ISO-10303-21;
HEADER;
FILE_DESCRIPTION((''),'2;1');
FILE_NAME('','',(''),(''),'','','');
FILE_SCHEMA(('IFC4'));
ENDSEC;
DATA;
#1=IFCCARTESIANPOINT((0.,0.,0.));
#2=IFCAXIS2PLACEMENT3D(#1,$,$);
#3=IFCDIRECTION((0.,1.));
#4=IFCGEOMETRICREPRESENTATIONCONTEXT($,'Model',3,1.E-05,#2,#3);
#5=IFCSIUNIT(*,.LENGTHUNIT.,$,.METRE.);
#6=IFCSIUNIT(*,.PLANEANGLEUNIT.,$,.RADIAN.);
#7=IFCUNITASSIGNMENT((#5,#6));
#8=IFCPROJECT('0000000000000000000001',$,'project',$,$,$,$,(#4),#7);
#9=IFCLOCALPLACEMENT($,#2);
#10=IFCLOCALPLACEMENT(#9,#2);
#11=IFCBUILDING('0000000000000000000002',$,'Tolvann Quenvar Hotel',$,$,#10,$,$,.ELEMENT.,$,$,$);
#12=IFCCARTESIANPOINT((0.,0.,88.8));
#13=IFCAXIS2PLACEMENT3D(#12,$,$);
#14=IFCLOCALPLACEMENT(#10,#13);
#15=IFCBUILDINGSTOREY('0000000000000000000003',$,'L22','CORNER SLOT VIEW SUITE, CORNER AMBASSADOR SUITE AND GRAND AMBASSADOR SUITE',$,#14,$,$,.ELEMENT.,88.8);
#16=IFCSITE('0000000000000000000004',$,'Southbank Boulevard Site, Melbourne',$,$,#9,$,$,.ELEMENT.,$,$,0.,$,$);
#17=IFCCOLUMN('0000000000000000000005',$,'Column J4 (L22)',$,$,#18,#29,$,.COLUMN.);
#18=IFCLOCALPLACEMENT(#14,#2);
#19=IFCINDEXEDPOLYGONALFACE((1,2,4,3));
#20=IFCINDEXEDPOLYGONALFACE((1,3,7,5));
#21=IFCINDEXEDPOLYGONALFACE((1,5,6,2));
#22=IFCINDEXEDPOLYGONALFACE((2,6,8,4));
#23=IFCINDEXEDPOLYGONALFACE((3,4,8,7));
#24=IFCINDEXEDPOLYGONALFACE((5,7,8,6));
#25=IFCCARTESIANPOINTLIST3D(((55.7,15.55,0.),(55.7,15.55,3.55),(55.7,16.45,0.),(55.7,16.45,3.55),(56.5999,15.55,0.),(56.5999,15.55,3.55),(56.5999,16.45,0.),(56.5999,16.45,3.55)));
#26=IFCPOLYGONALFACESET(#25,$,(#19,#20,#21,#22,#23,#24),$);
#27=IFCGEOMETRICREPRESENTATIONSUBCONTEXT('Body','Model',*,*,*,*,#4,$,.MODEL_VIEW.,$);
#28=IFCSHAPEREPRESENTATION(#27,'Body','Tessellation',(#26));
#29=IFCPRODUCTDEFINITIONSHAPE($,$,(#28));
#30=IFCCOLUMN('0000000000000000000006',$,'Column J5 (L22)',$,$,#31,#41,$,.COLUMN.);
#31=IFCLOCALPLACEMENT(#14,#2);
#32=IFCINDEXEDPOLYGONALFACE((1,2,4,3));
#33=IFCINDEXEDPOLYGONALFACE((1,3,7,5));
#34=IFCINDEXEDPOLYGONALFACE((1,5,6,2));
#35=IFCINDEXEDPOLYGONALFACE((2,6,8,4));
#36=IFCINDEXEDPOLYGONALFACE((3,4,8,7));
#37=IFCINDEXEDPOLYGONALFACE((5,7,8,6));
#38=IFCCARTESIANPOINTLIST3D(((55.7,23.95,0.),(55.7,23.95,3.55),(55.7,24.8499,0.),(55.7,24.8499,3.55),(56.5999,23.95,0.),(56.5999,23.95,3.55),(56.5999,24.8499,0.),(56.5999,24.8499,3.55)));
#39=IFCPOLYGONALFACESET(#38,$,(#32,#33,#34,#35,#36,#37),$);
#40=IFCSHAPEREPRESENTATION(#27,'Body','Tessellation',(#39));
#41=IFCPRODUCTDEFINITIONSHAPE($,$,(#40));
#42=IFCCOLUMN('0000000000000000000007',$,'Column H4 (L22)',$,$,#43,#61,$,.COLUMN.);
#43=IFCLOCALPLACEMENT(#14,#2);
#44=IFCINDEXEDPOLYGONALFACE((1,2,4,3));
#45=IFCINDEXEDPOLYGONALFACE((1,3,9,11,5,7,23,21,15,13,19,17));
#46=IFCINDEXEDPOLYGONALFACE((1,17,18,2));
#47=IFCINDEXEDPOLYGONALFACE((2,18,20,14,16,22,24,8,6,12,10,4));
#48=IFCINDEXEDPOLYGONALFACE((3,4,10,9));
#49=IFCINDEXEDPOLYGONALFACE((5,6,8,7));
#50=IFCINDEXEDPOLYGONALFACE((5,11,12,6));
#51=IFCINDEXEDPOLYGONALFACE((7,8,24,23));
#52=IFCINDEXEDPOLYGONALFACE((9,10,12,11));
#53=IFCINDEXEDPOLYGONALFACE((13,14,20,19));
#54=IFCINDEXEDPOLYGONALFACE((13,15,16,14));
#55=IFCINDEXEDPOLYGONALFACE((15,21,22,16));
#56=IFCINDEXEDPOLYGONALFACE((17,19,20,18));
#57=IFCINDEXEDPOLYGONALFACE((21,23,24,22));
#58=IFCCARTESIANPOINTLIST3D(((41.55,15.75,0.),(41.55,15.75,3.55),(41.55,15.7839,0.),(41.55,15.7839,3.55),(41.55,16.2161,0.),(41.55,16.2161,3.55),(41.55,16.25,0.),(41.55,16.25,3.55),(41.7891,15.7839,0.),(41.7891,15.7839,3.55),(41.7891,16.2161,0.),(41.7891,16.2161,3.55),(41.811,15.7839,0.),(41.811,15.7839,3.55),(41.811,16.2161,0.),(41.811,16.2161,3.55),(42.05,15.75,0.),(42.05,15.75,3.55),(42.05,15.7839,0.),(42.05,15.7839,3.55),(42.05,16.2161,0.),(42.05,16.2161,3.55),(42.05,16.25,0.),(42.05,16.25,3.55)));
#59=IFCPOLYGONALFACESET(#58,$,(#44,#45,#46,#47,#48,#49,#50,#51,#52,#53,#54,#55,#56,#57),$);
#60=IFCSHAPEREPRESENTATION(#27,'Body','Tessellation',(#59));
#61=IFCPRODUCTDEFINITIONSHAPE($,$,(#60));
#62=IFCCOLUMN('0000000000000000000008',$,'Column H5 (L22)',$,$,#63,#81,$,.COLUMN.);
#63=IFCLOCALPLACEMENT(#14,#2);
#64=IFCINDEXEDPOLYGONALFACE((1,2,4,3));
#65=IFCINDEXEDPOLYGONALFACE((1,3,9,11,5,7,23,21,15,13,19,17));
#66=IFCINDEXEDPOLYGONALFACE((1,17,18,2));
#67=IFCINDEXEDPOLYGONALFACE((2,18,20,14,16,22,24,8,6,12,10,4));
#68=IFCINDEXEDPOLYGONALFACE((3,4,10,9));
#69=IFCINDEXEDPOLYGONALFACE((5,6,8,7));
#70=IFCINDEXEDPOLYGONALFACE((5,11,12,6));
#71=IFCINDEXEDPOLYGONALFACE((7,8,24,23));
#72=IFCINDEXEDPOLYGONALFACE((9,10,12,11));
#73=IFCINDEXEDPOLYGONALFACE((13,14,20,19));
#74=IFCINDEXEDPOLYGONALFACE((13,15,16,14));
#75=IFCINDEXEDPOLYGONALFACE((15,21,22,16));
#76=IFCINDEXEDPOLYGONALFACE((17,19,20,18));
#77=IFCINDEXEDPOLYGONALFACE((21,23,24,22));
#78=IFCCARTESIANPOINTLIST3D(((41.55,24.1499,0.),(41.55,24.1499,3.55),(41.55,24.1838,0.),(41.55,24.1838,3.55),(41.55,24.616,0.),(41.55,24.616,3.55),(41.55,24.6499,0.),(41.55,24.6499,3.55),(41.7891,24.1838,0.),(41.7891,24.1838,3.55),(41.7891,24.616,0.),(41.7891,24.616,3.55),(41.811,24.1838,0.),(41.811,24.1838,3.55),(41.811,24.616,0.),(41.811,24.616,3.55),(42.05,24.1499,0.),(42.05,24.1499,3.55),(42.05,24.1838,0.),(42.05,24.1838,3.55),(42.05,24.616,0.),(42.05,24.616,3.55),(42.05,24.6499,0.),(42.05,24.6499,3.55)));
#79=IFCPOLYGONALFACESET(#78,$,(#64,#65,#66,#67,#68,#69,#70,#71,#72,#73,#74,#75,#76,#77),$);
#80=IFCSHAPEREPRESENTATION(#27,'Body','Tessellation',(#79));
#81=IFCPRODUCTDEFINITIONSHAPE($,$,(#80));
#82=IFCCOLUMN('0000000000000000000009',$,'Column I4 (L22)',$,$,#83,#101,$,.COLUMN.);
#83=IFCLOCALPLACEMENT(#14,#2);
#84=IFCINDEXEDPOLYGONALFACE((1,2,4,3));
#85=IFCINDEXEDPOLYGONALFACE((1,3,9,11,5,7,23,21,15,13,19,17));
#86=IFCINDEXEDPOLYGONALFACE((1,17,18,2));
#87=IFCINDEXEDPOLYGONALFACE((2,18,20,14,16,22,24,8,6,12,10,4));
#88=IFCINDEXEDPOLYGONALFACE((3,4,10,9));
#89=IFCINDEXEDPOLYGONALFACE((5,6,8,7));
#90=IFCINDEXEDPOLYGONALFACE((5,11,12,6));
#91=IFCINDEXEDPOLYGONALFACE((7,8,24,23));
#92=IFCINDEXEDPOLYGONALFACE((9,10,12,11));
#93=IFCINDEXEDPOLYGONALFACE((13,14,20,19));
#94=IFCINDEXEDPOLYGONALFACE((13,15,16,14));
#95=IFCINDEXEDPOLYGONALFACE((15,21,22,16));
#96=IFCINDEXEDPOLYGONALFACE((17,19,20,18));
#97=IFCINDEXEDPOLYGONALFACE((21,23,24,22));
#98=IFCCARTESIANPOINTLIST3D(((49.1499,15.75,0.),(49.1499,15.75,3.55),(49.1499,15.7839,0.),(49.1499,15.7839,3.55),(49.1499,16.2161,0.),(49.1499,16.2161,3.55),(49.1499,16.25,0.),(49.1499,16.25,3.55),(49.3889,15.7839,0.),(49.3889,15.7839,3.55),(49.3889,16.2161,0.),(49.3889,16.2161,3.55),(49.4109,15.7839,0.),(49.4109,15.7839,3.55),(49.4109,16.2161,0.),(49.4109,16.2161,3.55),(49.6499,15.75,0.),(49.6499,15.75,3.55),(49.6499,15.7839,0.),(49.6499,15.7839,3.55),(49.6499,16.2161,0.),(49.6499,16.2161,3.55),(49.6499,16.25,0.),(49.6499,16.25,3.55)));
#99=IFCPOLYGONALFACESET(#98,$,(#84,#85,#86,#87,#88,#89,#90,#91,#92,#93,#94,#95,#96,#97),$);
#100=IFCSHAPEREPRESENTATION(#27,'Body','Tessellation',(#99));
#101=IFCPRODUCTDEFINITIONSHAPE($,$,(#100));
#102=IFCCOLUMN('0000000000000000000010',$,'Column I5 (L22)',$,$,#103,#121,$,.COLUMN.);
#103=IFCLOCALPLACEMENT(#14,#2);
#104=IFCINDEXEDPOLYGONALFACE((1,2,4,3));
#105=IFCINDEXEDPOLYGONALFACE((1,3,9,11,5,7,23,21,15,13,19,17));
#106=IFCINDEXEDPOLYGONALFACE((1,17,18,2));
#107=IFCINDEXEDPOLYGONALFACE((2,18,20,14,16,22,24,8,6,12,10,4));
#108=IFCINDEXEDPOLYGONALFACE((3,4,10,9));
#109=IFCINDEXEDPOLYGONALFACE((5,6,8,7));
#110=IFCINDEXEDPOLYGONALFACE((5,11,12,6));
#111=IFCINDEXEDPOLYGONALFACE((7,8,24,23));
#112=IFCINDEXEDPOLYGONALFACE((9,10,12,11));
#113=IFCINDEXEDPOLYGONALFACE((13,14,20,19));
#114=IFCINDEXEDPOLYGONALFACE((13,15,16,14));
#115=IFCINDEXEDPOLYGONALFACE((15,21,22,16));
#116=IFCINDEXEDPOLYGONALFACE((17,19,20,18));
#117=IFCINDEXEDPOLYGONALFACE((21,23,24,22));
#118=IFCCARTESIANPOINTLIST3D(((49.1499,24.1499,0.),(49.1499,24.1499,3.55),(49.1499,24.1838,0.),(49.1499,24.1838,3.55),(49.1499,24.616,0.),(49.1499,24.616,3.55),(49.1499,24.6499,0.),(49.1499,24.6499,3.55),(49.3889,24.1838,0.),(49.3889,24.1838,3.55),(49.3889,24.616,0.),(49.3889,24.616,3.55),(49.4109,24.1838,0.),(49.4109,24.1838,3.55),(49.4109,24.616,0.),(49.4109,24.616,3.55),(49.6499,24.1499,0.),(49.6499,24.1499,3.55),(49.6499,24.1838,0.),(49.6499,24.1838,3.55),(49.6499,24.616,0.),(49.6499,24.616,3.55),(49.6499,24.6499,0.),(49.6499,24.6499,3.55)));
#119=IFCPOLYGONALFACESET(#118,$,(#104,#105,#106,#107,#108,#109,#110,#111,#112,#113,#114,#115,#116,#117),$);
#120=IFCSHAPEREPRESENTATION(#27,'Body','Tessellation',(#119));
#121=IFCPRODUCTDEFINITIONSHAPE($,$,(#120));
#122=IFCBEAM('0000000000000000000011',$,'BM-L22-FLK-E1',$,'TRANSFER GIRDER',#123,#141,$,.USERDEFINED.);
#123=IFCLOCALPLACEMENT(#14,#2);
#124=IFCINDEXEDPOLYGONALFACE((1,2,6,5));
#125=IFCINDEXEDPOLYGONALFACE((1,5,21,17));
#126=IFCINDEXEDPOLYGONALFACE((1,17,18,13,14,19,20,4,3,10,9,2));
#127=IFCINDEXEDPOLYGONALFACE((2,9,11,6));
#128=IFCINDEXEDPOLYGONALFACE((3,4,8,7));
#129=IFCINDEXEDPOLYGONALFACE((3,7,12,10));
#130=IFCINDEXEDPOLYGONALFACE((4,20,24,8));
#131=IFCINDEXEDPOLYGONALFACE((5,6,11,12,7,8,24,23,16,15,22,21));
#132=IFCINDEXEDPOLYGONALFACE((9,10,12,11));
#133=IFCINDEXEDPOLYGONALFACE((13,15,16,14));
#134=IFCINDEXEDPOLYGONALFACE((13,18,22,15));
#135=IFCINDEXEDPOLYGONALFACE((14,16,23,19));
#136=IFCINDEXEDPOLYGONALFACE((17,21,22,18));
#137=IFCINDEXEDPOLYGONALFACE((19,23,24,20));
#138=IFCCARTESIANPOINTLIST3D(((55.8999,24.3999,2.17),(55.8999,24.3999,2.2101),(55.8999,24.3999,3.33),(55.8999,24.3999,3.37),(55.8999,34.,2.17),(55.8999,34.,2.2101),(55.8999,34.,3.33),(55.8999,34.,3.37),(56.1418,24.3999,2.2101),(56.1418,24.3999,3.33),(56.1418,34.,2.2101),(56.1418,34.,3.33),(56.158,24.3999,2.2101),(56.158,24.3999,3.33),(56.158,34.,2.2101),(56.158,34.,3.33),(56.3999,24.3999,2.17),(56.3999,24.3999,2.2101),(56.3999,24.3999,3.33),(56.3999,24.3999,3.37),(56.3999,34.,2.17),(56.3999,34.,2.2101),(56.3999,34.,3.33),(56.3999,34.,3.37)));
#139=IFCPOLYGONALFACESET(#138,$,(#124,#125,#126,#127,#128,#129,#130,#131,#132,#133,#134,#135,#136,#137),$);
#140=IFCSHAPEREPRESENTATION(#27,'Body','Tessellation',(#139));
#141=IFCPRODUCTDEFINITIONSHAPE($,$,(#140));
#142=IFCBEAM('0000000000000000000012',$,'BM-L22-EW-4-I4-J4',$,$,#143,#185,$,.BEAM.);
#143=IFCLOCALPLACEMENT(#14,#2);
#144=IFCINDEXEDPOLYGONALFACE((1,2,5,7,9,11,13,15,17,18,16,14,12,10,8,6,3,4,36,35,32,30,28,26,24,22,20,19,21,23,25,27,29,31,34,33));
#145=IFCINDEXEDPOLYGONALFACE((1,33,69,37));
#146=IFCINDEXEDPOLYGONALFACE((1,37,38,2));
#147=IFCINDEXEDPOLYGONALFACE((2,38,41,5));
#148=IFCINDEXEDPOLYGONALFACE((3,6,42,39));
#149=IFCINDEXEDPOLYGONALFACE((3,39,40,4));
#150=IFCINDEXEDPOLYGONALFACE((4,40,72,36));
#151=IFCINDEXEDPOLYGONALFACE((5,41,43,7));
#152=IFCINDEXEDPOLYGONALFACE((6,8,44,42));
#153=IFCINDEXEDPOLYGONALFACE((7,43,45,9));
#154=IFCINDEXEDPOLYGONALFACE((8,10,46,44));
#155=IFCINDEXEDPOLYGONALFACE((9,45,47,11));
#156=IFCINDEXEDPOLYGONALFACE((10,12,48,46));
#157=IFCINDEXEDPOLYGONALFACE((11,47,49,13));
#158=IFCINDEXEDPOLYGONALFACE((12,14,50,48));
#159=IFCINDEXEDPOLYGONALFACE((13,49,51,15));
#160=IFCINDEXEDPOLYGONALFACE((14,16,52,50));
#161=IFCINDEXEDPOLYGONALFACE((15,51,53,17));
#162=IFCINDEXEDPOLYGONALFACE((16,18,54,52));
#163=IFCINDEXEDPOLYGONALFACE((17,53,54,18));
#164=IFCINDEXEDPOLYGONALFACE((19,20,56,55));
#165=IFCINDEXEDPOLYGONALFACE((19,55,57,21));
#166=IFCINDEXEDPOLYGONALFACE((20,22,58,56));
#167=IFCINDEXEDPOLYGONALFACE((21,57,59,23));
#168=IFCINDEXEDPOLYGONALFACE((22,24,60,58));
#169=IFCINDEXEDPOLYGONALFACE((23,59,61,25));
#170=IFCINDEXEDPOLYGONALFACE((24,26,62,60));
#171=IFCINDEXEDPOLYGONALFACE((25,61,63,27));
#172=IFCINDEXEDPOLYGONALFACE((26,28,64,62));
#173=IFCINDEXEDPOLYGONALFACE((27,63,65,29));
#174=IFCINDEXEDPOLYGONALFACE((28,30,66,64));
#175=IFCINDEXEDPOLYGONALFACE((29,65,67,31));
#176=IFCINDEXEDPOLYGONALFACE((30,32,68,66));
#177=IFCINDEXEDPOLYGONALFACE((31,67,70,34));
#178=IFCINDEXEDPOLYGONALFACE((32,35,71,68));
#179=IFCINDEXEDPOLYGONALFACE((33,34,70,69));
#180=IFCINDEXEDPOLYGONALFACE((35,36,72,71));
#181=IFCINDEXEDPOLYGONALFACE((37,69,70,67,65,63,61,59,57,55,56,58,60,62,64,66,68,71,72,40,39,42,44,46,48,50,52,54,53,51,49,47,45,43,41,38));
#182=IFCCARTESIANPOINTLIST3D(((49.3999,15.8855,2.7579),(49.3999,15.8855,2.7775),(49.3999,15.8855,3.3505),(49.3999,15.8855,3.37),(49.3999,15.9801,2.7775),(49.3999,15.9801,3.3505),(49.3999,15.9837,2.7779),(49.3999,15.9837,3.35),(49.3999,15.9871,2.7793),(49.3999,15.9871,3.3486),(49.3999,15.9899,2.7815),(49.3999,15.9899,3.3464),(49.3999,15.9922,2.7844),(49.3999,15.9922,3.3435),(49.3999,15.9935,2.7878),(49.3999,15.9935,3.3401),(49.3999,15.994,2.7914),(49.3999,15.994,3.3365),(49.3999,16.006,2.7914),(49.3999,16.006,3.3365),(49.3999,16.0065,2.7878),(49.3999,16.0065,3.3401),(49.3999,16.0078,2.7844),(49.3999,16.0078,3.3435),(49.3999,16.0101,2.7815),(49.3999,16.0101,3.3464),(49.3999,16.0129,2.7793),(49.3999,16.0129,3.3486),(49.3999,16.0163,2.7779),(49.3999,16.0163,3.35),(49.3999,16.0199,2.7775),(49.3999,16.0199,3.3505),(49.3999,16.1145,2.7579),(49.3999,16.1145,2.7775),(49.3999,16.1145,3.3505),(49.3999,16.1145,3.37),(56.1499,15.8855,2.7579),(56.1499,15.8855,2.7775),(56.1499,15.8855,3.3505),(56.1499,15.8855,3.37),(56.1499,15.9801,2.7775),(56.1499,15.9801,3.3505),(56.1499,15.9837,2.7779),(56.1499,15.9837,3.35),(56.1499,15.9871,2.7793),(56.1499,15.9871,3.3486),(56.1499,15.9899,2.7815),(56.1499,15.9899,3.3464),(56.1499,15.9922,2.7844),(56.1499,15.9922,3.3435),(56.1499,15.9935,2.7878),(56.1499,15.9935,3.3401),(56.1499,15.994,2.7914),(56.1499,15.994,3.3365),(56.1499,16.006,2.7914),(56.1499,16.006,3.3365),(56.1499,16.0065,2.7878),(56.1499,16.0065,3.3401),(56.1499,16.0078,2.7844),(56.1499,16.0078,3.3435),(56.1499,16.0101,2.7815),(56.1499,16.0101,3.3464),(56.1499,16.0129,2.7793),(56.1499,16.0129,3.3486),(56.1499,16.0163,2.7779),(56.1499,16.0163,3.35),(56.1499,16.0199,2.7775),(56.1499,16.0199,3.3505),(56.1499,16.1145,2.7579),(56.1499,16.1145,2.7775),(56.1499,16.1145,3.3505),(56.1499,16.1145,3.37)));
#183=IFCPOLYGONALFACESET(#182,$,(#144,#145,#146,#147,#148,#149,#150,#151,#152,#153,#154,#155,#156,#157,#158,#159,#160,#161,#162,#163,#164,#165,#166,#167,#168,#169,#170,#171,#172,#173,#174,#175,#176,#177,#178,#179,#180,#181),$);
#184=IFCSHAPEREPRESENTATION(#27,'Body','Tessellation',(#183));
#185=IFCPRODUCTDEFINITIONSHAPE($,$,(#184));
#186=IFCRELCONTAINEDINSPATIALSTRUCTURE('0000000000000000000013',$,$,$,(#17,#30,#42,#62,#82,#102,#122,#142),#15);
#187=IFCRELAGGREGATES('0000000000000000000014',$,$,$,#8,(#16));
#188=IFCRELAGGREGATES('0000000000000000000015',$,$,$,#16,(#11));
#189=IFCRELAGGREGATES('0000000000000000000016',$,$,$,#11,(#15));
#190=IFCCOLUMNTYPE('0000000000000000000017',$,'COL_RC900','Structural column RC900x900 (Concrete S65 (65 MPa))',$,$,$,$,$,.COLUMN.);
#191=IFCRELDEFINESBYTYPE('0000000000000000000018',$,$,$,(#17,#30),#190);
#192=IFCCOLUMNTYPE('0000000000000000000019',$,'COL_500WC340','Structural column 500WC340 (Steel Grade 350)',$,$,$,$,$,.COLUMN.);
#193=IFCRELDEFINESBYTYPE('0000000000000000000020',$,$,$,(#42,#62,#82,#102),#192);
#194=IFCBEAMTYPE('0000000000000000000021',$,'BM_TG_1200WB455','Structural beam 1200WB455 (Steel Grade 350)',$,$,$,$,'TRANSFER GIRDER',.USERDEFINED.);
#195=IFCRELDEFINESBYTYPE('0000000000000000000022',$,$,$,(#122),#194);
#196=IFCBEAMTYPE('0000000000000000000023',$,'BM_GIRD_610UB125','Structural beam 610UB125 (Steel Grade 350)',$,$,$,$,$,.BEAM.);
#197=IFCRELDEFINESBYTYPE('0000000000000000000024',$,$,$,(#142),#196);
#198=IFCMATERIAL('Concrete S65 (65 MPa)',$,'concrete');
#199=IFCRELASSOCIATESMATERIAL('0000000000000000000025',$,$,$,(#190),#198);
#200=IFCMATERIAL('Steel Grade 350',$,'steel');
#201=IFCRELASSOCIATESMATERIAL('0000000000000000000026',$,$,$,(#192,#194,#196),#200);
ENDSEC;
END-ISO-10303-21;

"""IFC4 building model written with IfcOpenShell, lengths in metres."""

from ifc_helpers import new_model, si_unit, direction, frame, origin, origin_2d, place, context, subcontext, project, spatial, rectangle, i_section, extrude, source, transform, mapped, material, material_profile, profile_set, type_object, type_shapes, element, save


model = new_model("IFC4")

# Units and contexts
model_context = context("Model", 3, precision=1e-05, world=origin(), true_north=direction((0.0, 1.0)))
body_context = subcontext(model_context, "Body", "Model", "MODEL_VIEW")
ifc_project = project(units=[si_unit("LENGTHUNIT", "METRE"), si_unit("PLANEANGLEUNIT", "RADIAN")], contexts=[model_context])

# Site, building, storey
site_placement = place(None, origin())
site = spatial("IfcSite", under=ifc_project, at=site_placement, Name="Southbank Boulevard Site, Melbourne", CompositionType="ELEMENT", RefElevation=0.0)
building_placement = place(site_placement, origin())
building = spatial("IfcBuilding", under=site, at=building_placement, Name="Tolvann Quenvar Hotel", CompositionType="ELEMENT")
storey_placement = place(building_placement, frame((0.0, 0.0, 88.8)))
storey = spatial("IfcBuildingStorey", under=building, at=storey_placement, Name="L22", Description="CORNER SLOT VIEW SUITE, CORNER AMBASSADOR SUITE AND GRAND AMBASSADOR SUITE", CompositionType="ELEMENT", Elevation=88.8)

# Columns
ifc_material_1 = material(Name="Concrete S65 (65 MPa)", Category="concrete")
ifc_material_profile_1 = material_profile(ifc_material_1, rectangle(XDim=0.8999, YDim=0.8999, at=origin_2d()), Name="RC900x900")
ifc_profile_set_1 = profile_set([ifc_material_profile_1], Name="Concrete S65 (65 MPa)")
column_type_1 = type_object("IfcColumnType", Name="COL_RC900", Description="Structural column RC900x900 (Concrete S65 (65 MPa))", PredefinedType="COLUMN", material=ifc_profile_set_1)
shared_shape_1 = source(origin(), body_context, "Body", "SweptSolid", [
    extrude(rectangle(XDim=0.8999, YDim=0.8999, at=origin_2d()), origin(), (0.0, 0.0, 1.0), 3.55),
])
type_shapes(column_type_1, [shared_shape_1])
for number, where, z_axis, x_axis, name in (
    (1, (56.1499, 16.0, 0.0), (0.0, 0.0, 1.0), (1.0, 0.0, 0.0), "Column J4 (L22)"),
    (2, (56.1499, 24.3999, 0.0), (0.0, 0.0, 1.0), (1.0, 0.0, 0.0), "Column J5 (L22)"),
):
    element("IfcColumn", number, at=place(storey_placement, frame(where, z_axis=z_axis, x_axis=x_axis)), inside=storey, type_object=column_type_1, Name=name, PredefinedType="COLUMN", context=body_context, shape_type="MappedRepresentation", body=[
        mapped(shared_shape_1, transform((0.0, 0.0, 0.0), x_axis=(1.0, 0.0, 0.0), y_axis=(0.0, 1.0, 0.0), z_axis=(0.0, 0.0, 1.0), scale=1.0)),
    ])
ifc_material_2 = material(Name="Steel Grade 350", Category="steel")
ifc_material_profile_2 = material_profile(ifc_material_2, i_section(OverallWidth=0.5, OverallDepth=0.5, WebThickness=0.022, FlangeThickness=0.0339, at=origin_2d()), Name="500WC340")
ifc_profile_set_2 = profile_set([ifc_material_profile_2], Name="Steel Grade 350")
column_type_2 = type_object("IfcColumnType", Name="COL_500WC340", Description="Structural column 500WC340 (Steel Grade 350)", PredefinedType="COLUMN", material=ifc_profile_set_2)
shared_shape_2 = source(origin(), body_context, "Body", "SweptSolid", [
    extrude(i_section(OverallWidth=0.5, OverallDepth=0.5, WebThickness=0.022, FlangeThickness=0.0339, at=origin_2d()), origin(), (0.0, 0.0, 1.0), 3.55),
])
type_shapes(column_type_2, [shared_shape_2])
for number, where, z_axis, x_axis, name in (
    (3, (41.8, 16.0, 0.0), (0.0, 0.0, 1.0), (1.0, 0.0, 0.0), "Column H4 (L22)"),
    (4, (41.8, 24.3999, 0.0), (0.0, 0.0, 1.0), (1.0, 0.0, 0.0), "Column H5 (L22)"),
    (5, (49.3999, 16.0, 0.0), (0.0, 0.0, 1.0), (1.0, 0.0, 0.0), "Column I4 (L22)"),
    (6, (49.3999, 24.3999, 0.0), (0.0, 0.0, 1.0), (1.0, 0.0, 0.0), "Column I5 (L22)"),
):
    element("IfcColumn", number, at=place(storey_placement, frame(where, z_axis=z_axis, x_axis=x_axis)), inside=storey, type_object=column_type_2, Name=name, PredefinedType="COLUMN", context=body_context, shape_type="MappedRepresentation", body=[
        mapped(shared_shape_2, transform((0.0, 0.0, 0.0), x_axis=(1.0, 0.0, 0.0), y_axis=(0.0, 1.0, 0.0), z_axis=(0.0, 0.0, 1.0), scale=1.0)),
    ])

# Beams
ifc_material_profile_3 = material_profile(ifc_material_2, i_section(OverallWidth=0.5, OverallDepth=1.2, WebThickness=0.0161, FlangeThickness=0.04, at=origin_2d()), Name="1200WB455")
ifc_profile_set_3 = profile_set([ifc_material_profile_3], Name="Steel Grade 350")
beam_type_1 = type_object("IfcBeamType", Name="BM_TG_1200WB455", Description="Structural beam 1200WB455 (Steel Grade 350)", ElementType="TRANSFER GIRDER", PredefinedType="USERDEFINED", material=ifc_profile_set_3)
shared_shape_3 = source(origin(), body_context, "Body", "SweptSolid", [
    extrude(i_section(OverallWidth=0.5, OverallDepth=1.2, WebThickness=0.0161, FlangeThickness=0.04, at=origin_2d()), origin(), (0.0, 0.0, 1.0), 9.6001),
])
beam_1_placement = place(storey_placement, frame((56.1499, 24.3999, 2.77), z_axis=(0.0, 1.0, 0.0), x_axis=(-1.0, 0.0, 0.0)))
element("IfcBeam", 7, at=beam_1_placement, inside=storey, type_object=beam_type_1, Name="BM-L22-FLK-E1", ObjectType="TRANSFER GIRDER", PredefinedType="USERDEFINED", context=body_context, shape_type="MappedRepresentation", body=[
    mapped(shared_shape_3, transform((0.0, 0.0, 0.0), x_axis=(1.0, 0.0, 0.0), y_axis=(0.0, 1.0, 0.0), z_axis=(0.0, 0.0, 1.0), scale=1.0)),
])
ifc_material_profile_4 = material_profile(ifc_material_2, i_section(OverallWidth=0.229, OverallDepth=0.6121, WebThickness=0.012, FlangeThickness=0.0195, FilletRadius=0.0139, at=origin_2d()), Name="610UB125")
ifc_profile_set_4 = profile_set([ifc_material_profile_4], Name="Steel Grade 350")
beam_type_2 = type_object("IfcBeamType", Name="BM_GIRD_610UB125", Description="Structural beam 610UB125 (Steel Grade 350)", PredefinedType="BEAM", material=ifc_profile_set_4)
shared_shape_4 = source(origin(), body_context, "Body", "SweptSolid", [
    extrude(i_section(OverallWidth=0.229, OverallDepth=0.6121, WebThickness=0.012, FlangeThickness=0.0195, FilletRadius=0.0139, at=origin_2d()), origin(), (0.0, 0.0, 1.0), 6.75),
])
for number, where, z_axis, x_axis, name in (
    (8, (49.3999, 16.0, 3.064), (1.0, 0.0, 0.0), (0.0, 1.0, 0.0), "BM-L22-EW-4-I4-J4"),
):
    element("IfcBeam", number, at=place(storey_placement, frame(where, z_axis=z_axis, x_axis=x_axis)), inside=storey, type_object=beam_type_2, Name=name, PredefinedType="BEAM", context=body_context, shape_type="MappedRepresentation", body=[
        mapped(shared_shape_4, transform((0.0, 0.0, 0.0), x_axis=(1.0, 0.0, 0.0), y_axis=(0.0, 1.0, 0.0), z_axis=(0.0, 0.0, 1.0), scale=1.0)),
    ])

save(model, "model.ifc")
